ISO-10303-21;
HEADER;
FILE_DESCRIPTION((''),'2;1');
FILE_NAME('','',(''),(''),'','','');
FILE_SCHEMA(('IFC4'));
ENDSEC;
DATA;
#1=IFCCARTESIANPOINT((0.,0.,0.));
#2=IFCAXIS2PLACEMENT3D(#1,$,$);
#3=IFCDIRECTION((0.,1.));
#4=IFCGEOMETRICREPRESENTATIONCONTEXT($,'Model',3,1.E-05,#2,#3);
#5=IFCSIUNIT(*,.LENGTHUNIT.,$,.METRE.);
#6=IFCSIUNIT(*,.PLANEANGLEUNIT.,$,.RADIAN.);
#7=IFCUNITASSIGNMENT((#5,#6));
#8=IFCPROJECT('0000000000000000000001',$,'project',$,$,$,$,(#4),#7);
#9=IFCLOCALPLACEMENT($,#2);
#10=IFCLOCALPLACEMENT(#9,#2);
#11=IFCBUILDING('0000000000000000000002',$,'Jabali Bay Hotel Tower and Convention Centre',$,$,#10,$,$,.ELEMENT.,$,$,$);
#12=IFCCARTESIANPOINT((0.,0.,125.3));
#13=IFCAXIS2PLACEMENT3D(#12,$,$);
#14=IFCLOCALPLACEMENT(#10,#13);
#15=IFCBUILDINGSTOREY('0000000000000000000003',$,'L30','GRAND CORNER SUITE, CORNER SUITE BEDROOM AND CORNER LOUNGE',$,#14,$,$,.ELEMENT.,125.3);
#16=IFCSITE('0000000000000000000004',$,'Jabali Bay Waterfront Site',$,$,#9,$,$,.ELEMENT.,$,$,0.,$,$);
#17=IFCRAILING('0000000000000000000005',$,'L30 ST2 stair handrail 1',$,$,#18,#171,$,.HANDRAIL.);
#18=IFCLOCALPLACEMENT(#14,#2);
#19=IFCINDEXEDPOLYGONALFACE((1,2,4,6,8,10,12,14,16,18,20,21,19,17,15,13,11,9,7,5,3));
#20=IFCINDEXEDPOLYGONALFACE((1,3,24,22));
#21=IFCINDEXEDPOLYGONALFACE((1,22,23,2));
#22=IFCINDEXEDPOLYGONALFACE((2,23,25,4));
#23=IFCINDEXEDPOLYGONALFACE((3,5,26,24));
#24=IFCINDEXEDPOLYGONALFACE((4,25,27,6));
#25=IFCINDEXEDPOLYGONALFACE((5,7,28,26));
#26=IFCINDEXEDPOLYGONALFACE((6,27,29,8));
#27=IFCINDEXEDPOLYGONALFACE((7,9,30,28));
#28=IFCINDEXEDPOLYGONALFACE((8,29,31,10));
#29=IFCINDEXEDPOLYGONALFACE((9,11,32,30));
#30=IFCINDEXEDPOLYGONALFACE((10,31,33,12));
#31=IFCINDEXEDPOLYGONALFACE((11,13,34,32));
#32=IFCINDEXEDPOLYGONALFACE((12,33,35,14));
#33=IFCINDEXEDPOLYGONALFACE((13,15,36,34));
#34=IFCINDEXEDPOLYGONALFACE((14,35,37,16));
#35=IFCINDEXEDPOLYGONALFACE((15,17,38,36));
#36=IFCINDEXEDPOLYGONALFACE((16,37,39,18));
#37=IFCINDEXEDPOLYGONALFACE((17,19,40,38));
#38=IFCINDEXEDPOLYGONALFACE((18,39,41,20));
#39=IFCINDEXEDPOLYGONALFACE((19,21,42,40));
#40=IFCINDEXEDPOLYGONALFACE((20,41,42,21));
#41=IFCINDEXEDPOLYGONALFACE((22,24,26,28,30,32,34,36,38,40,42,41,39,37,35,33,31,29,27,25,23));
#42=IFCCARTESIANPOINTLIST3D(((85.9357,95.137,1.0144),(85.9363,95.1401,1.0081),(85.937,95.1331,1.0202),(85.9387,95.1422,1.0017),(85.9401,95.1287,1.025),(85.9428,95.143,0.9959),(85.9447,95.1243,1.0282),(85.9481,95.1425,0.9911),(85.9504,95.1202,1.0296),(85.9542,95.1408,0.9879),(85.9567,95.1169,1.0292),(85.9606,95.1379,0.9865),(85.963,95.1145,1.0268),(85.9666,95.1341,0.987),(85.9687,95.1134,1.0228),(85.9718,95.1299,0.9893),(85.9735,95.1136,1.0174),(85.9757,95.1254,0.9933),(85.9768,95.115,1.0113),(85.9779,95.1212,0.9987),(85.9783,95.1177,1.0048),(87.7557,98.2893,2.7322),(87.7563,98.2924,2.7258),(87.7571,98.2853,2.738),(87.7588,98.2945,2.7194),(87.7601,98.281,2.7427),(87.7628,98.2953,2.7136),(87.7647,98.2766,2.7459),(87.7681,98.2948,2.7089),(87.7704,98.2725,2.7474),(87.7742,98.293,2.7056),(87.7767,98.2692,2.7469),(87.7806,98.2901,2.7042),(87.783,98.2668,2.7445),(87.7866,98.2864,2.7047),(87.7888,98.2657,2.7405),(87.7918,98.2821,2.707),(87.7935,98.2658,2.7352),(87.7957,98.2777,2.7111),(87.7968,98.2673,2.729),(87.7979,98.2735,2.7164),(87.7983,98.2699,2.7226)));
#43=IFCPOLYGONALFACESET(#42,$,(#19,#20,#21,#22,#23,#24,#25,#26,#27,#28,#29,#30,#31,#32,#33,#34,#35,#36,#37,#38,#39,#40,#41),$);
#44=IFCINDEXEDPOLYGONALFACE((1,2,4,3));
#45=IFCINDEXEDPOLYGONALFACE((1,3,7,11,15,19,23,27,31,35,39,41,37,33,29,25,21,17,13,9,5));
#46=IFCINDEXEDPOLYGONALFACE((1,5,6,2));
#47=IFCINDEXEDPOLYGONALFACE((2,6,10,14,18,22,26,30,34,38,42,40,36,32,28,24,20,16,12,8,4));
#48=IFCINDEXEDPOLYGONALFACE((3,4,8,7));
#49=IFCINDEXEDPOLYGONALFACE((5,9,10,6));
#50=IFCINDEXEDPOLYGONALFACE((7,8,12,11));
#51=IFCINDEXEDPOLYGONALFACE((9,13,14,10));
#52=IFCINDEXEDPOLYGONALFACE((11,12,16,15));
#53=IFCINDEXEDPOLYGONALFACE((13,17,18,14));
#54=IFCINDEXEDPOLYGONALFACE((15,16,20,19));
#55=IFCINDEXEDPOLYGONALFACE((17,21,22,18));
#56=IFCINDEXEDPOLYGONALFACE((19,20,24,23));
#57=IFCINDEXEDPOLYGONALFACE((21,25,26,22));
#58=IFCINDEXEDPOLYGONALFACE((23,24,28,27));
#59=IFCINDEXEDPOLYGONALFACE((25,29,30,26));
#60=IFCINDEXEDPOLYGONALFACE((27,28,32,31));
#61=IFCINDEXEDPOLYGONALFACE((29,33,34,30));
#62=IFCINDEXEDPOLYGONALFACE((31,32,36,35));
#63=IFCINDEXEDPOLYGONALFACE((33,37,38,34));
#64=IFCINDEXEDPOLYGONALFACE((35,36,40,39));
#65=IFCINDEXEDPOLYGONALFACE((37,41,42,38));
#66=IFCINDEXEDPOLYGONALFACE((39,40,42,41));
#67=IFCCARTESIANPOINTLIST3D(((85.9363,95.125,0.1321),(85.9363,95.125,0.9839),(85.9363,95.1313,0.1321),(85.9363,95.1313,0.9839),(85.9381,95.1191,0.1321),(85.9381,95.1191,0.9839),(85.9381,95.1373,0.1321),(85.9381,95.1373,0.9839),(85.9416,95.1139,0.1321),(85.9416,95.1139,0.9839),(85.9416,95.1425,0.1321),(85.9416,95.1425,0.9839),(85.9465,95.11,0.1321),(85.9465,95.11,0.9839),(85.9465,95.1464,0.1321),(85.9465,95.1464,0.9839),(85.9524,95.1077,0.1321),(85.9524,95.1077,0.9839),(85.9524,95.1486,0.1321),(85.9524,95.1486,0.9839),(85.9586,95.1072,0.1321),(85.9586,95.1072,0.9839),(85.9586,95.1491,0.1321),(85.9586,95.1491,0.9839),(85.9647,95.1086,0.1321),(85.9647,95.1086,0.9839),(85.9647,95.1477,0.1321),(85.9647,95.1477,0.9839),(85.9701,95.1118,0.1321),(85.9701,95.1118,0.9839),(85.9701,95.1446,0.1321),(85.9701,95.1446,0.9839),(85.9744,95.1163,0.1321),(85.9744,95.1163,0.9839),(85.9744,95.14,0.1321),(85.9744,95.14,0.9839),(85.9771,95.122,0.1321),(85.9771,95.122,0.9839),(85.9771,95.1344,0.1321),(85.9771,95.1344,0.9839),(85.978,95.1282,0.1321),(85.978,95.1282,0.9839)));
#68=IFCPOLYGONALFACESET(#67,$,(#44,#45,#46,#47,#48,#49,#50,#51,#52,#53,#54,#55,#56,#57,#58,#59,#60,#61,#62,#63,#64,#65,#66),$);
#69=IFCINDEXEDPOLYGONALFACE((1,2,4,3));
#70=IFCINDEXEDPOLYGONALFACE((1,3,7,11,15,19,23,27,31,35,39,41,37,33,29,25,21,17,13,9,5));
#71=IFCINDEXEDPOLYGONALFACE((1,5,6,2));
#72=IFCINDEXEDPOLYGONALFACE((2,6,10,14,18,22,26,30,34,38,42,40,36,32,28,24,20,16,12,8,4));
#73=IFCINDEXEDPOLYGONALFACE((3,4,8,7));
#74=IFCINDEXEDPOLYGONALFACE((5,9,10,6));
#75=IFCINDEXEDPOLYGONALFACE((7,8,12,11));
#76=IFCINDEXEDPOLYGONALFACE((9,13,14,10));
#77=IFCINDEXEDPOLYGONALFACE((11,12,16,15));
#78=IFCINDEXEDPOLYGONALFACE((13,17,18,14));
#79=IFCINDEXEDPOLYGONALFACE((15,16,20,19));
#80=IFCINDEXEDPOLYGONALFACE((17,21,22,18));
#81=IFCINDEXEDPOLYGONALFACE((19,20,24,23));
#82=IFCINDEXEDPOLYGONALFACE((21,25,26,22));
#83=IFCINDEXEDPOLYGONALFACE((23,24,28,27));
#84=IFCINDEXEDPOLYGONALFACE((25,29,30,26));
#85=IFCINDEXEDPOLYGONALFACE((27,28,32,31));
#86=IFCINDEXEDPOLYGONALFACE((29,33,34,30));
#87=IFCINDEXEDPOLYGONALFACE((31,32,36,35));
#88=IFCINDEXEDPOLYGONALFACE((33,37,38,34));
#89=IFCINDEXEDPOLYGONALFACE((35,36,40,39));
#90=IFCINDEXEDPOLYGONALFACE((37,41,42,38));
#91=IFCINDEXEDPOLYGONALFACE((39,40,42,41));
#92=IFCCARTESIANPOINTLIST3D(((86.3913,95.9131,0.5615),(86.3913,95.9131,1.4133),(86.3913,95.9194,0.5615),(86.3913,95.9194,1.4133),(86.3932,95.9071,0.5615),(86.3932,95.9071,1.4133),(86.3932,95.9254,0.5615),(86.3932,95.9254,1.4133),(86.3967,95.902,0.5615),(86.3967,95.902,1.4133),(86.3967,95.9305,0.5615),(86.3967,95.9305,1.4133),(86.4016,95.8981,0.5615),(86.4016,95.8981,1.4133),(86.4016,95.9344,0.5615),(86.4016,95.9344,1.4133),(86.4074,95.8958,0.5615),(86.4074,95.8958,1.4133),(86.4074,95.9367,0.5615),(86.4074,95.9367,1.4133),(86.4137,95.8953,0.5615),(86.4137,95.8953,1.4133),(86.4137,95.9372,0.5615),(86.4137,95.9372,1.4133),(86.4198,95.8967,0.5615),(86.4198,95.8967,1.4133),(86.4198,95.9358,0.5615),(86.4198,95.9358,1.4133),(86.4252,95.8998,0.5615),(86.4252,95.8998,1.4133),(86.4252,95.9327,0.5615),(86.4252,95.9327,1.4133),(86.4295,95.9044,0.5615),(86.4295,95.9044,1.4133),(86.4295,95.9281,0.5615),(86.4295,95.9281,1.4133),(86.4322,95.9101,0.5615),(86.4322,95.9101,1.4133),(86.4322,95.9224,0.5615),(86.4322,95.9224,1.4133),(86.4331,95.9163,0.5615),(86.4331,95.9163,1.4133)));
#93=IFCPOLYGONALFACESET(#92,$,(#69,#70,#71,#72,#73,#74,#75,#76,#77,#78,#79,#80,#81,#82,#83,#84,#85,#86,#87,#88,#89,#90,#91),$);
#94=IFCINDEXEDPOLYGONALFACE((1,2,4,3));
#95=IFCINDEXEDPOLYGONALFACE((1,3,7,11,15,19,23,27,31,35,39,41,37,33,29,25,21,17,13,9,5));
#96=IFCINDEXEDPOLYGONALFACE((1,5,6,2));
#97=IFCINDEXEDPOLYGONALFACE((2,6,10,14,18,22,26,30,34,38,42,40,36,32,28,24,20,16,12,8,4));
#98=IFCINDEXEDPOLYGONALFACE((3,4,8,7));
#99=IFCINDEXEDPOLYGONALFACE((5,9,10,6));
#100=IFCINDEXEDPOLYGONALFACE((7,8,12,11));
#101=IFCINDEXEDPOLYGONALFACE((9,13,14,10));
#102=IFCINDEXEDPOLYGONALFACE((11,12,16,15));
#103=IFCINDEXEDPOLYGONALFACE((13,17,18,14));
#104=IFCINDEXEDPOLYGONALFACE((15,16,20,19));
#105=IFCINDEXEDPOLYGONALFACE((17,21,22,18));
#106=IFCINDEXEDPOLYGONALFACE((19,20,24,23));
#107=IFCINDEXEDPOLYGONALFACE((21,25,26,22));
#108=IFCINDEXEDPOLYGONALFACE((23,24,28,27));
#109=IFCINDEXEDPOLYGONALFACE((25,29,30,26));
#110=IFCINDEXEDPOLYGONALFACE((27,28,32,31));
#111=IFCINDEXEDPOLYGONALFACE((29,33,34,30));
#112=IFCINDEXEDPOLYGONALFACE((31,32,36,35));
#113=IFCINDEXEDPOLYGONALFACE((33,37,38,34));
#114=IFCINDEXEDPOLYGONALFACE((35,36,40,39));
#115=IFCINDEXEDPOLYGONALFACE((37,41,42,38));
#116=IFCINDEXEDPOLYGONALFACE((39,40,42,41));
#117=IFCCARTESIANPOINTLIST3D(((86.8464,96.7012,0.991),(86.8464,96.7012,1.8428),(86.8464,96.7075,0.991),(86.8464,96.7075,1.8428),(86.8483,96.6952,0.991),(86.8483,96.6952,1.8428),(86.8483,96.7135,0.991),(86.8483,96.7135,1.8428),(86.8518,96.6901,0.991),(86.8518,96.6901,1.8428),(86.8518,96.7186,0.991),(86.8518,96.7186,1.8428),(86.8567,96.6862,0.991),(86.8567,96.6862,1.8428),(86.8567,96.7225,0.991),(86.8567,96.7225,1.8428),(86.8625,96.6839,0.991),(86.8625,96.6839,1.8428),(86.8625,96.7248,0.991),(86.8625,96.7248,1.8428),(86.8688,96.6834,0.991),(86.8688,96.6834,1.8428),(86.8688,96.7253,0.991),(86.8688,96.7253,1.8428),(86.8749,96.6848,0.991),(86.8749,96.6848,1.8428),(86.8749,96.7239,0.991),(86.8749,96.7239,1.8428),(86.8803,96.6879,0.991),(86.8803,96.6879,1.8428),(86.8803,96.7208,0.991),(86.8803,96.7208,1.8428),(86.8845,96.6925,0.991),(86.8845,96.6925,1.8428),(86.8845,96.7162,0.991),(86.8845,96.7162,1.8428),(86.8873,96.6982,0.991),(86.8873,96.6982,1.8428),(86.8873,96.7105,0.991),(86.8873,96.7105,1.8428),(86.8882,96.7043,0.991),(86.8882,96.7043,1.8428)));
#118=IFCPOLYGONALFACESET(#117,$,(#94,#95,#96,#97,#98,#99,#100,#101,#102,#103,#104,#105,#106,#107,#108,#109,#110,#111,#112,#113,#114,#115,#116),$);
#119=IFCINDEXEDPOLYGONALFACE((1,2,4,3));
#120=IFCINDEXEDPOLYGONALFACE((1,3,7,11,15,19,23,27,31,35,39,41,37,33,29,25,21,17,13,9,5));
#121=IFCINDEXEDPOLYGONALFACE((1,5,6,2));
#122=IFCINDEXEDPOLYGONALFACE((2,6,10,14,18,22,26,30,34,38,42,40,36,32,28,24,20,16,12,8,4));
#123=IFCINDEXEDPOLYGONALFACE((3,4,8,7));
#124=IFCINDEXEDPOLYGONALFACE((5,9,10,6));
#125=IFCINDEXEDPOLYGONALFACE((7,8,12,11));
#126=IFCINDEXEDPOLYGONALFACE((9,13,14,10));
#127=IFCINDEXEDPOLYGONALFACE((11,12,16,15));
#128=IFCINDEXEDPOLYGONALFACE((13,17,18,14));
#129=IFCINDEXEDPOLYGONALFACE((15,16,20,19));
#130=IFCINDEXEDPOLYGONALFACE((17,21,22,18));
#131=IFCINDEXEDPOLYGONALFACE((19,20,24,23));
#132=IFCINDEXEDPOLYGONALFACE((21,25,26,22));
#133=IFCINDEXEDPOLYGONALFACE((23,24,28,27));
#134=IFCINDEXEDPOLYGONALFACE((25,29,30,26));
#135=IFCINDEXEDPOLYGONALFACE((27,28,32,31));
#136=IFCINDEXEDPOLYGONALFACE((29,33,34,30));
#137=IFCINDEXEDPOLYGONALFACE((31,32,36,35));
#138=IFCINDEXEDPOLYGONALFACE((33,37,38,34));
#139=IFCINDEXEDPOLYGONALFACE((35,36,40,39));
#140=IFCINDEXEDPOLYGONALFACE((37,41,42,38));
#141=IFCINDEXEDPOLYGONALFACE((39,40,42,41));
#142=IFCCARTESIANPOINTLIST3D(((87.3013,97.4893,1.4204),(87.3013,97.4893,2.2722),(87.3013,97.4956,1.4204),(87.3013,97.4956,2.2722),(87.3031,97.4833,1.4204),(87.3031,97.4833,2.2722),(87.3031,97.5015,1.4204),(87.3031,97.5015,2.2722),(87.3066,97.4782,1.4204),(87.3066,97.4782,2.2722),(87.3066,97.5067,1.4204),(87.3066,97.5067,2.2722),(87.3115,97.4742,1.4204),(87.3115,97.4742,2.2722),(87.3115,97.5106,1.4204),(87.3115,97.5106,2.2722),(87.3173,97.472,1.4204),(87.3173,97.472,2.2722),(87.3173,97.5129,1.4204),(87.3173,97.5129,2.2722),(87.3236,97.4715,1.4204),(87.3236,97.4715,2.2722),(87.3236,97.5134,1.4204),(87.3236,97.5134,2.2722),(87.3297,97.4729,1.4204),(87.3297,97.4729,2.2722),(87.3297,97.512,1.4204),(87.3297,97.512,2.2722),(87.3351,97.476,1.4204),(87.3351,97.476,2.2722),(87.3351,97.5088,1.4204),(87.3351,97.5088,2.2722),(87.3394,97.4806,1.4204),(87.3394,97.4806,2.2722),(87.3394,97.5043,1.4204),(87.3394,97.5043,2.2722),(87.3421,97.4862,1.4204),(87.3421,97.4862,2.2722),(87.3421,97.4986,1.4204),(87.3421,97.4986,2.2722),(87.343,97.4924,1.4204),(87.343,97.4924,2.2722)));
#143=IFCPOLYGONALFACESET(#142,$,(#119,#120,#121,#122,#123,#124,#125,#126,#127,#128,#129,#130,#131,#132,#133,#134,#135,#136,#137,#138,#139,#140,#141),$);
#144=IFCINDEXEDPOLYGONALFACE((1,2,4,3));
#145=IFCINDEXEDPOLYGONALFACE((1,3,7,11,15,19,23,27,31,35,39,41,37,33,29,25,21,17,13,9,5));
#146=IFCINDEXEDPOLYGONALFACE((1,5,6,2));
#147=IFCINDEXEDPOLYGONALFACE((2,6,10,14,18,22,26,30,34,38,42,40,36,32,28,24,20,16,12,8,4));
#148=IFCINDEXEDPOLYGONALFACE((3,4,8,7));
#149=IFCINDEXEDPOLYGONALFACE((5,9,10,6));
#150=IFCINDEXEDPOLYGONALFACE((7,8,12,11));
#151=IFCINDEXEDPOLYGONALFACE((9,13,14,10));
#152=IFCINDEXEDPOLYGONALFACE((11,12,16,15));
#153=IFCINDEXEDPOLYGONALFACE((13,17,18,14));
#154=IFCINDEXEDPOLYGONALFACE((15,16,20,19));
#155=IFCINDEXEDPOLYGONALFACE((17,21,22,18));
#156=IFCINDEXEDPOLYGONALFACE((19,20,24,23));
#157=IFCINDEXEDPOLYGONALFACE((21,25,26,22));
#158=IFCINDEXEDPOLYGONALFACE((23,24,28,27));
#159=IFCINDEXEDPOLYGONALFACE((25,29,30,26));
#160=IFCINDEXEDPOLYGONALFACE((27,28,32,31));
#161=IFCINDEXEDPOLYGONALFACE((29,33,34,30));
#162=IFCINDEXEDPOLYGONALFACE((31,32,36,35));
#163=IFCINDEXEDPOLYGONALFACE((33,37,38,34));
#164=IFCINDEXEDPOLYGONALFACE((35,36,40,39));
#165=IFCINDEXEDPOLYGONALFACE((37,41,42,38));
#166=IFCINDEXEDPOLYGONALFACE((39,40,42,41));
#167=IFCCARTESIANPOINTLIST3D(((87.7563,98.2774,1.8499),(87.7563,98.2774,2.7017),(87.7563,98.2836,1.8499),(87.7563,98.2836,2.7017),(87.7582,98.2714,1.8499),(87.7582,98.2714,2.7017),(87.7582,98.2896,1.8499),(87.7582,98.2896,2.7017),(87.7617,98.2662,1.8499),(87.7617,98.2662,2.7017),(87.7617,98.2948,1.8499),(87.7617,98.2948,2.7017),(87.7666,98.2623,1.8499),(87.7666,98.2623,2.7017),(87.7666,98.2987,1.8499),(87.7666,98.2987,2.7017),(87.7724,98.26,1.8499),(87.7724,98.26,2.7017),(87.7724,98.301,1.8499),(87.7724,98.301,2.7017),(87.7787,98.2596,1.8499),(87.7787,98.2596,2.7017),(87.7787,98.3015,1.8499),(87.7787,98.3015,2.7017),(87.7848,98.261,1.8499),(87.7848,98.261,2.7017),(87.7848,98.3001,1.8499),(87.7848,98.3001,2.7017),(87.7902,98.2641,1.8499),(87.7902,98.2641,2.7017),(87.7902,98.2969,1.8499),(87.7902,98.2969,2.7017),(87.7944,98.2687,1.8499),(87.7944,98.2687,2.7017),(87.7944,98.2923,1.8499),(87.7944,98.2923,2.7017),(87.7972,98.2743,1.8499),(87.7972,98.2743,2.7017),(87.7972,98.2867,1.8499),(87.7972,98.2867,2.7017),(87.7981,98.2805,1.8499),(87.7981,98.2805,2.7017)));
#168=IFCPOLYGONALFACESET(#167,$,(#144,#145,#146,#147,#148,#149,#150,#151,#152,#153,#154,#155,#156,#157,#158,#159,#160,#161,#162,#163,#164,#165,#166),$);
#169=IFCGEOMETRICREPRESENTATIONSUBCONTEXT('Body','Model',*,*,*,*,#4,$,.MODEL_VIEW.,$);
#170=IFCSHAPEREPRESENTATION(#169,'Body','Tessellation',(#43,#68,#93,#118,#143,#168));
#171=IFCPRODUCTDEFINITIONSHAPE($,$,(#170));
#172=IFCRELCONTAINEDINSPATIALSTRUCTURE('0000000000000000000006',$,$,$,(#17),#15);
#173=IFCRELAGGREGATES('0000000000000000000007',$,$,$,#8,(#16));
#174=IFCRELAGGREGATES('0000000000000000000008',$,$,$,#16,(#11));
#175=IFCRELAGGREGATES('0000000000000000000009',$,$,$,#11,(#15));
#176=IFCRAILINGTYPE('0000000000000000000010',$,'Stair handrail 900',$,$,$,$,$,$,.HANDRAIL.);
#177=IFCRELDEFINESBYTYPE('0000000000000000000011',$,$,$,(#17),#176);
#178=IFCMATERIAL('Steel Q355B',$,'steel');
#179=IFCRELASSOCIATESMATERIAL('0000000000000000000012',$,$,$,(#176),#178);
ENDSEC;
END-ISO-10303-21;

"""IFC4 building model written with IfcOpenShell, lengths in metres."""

from ifc_helpers import new_model, si_unit, direction, frame, origin, origin_2d, place, context, subcontext, project, spatial, circle, extrude, material, type_object, element, save


model = new_model("IFC4")

# Units and contexts
model_context = context("Model", 3, precision=1e-05, world=origin(), true_north=direction((0.0, 1.0)))
body_context = subcontext(model_context, "Body", "Model", "MODEL_VIEW")
ifc_project = project(units=[si_unit("LENGTHUNIT", "METRE"), si_unit("PLANEANGLEUNIT", "RADIAN")], contexts=[model_context])

# Site, building, storey
site_placement = place(None, origin())
site = spatial("IfcSite", under=ifc_project, at=site_placement, Name="Jabali Bay Waterfront Site", CompositionType="ELEMENT", RefElevation=0.0)
building_placement = place(site_placement, origin())
building = spatial("IfcBuilding", under=site, at=building_placement, Name="Jabali Bay Hotel Tower and Convention Centre", CompositionType="ELEMENT")
storey_placement = place(building_placement, frame((0.0, 0.0, 125.3)))
storey = spatial("IfcBuildingStorey", under=building, at=storey_placement, Name="L30", Description="GRAND CORNER SUITE, CORNER SUITE BEDROOM AND CORNER LOUNGE", CompositionType="ELEMENT", Elevation=125.3)

# Railing
ifc_material_1 = material(Name="Steel Q355B", Category="steel")
railing_type_1 = type_object("IfcRailingType", Name="Stair handrail 900", PredefinedType="HANDRAIL", material=ifc_material_1)
railing_1_placement = place(storey_placement, frame((85.957, 95.1282, 0.1321)))
element("IfcRailing", 1, at=railing_1_placement, inside=storey, type_object=railing_type_1, Name="L30 ST2 stair handrail 1", PredefinedType="HANDRAIL", context=body_context, shape_type="SweptSolid", body=[
    extrude(circle(Radius=0.0239, at=origin_2d()), frame((0.0, 0.0, 0.876), z_axis=(0.45219, 0.78319, 0.426775), x_axis=(-0.866018, 0.500013, 0.0)), (0.0, 0.0, 1.0), 4.0249),
    extrude(circle(Radius=0.021, at=origin_2d()), origin(), (0.0, 0.0, 1.0), 0.8518),
    extrude(circle(Radius=0.021, at=origin_2d()), frame((0.4551, 0.7881, 0.4294)), (0.0, 0.0, 1.0), 0.8518),
    extrude(circle(Radius=0.021, at=origin_2d()), frame((0.9102, 1.5762, 0.8589)), (0.0, 0.0, 1.0), 0.8518),
    extrude(circle(Radius=0.021, at=origin_2d()), frame((1.365, 2.3643, 1.2883)), (0.0, 0.0, 1.0), 0.8518),
    extrude(circle(Radius=0.021, at=origin_2d()), frame((1.8201, 3.1523, 1.7178)), (0.0, 0.0, 1.0), 0.8518),
])

save(model, "model.ifc")
